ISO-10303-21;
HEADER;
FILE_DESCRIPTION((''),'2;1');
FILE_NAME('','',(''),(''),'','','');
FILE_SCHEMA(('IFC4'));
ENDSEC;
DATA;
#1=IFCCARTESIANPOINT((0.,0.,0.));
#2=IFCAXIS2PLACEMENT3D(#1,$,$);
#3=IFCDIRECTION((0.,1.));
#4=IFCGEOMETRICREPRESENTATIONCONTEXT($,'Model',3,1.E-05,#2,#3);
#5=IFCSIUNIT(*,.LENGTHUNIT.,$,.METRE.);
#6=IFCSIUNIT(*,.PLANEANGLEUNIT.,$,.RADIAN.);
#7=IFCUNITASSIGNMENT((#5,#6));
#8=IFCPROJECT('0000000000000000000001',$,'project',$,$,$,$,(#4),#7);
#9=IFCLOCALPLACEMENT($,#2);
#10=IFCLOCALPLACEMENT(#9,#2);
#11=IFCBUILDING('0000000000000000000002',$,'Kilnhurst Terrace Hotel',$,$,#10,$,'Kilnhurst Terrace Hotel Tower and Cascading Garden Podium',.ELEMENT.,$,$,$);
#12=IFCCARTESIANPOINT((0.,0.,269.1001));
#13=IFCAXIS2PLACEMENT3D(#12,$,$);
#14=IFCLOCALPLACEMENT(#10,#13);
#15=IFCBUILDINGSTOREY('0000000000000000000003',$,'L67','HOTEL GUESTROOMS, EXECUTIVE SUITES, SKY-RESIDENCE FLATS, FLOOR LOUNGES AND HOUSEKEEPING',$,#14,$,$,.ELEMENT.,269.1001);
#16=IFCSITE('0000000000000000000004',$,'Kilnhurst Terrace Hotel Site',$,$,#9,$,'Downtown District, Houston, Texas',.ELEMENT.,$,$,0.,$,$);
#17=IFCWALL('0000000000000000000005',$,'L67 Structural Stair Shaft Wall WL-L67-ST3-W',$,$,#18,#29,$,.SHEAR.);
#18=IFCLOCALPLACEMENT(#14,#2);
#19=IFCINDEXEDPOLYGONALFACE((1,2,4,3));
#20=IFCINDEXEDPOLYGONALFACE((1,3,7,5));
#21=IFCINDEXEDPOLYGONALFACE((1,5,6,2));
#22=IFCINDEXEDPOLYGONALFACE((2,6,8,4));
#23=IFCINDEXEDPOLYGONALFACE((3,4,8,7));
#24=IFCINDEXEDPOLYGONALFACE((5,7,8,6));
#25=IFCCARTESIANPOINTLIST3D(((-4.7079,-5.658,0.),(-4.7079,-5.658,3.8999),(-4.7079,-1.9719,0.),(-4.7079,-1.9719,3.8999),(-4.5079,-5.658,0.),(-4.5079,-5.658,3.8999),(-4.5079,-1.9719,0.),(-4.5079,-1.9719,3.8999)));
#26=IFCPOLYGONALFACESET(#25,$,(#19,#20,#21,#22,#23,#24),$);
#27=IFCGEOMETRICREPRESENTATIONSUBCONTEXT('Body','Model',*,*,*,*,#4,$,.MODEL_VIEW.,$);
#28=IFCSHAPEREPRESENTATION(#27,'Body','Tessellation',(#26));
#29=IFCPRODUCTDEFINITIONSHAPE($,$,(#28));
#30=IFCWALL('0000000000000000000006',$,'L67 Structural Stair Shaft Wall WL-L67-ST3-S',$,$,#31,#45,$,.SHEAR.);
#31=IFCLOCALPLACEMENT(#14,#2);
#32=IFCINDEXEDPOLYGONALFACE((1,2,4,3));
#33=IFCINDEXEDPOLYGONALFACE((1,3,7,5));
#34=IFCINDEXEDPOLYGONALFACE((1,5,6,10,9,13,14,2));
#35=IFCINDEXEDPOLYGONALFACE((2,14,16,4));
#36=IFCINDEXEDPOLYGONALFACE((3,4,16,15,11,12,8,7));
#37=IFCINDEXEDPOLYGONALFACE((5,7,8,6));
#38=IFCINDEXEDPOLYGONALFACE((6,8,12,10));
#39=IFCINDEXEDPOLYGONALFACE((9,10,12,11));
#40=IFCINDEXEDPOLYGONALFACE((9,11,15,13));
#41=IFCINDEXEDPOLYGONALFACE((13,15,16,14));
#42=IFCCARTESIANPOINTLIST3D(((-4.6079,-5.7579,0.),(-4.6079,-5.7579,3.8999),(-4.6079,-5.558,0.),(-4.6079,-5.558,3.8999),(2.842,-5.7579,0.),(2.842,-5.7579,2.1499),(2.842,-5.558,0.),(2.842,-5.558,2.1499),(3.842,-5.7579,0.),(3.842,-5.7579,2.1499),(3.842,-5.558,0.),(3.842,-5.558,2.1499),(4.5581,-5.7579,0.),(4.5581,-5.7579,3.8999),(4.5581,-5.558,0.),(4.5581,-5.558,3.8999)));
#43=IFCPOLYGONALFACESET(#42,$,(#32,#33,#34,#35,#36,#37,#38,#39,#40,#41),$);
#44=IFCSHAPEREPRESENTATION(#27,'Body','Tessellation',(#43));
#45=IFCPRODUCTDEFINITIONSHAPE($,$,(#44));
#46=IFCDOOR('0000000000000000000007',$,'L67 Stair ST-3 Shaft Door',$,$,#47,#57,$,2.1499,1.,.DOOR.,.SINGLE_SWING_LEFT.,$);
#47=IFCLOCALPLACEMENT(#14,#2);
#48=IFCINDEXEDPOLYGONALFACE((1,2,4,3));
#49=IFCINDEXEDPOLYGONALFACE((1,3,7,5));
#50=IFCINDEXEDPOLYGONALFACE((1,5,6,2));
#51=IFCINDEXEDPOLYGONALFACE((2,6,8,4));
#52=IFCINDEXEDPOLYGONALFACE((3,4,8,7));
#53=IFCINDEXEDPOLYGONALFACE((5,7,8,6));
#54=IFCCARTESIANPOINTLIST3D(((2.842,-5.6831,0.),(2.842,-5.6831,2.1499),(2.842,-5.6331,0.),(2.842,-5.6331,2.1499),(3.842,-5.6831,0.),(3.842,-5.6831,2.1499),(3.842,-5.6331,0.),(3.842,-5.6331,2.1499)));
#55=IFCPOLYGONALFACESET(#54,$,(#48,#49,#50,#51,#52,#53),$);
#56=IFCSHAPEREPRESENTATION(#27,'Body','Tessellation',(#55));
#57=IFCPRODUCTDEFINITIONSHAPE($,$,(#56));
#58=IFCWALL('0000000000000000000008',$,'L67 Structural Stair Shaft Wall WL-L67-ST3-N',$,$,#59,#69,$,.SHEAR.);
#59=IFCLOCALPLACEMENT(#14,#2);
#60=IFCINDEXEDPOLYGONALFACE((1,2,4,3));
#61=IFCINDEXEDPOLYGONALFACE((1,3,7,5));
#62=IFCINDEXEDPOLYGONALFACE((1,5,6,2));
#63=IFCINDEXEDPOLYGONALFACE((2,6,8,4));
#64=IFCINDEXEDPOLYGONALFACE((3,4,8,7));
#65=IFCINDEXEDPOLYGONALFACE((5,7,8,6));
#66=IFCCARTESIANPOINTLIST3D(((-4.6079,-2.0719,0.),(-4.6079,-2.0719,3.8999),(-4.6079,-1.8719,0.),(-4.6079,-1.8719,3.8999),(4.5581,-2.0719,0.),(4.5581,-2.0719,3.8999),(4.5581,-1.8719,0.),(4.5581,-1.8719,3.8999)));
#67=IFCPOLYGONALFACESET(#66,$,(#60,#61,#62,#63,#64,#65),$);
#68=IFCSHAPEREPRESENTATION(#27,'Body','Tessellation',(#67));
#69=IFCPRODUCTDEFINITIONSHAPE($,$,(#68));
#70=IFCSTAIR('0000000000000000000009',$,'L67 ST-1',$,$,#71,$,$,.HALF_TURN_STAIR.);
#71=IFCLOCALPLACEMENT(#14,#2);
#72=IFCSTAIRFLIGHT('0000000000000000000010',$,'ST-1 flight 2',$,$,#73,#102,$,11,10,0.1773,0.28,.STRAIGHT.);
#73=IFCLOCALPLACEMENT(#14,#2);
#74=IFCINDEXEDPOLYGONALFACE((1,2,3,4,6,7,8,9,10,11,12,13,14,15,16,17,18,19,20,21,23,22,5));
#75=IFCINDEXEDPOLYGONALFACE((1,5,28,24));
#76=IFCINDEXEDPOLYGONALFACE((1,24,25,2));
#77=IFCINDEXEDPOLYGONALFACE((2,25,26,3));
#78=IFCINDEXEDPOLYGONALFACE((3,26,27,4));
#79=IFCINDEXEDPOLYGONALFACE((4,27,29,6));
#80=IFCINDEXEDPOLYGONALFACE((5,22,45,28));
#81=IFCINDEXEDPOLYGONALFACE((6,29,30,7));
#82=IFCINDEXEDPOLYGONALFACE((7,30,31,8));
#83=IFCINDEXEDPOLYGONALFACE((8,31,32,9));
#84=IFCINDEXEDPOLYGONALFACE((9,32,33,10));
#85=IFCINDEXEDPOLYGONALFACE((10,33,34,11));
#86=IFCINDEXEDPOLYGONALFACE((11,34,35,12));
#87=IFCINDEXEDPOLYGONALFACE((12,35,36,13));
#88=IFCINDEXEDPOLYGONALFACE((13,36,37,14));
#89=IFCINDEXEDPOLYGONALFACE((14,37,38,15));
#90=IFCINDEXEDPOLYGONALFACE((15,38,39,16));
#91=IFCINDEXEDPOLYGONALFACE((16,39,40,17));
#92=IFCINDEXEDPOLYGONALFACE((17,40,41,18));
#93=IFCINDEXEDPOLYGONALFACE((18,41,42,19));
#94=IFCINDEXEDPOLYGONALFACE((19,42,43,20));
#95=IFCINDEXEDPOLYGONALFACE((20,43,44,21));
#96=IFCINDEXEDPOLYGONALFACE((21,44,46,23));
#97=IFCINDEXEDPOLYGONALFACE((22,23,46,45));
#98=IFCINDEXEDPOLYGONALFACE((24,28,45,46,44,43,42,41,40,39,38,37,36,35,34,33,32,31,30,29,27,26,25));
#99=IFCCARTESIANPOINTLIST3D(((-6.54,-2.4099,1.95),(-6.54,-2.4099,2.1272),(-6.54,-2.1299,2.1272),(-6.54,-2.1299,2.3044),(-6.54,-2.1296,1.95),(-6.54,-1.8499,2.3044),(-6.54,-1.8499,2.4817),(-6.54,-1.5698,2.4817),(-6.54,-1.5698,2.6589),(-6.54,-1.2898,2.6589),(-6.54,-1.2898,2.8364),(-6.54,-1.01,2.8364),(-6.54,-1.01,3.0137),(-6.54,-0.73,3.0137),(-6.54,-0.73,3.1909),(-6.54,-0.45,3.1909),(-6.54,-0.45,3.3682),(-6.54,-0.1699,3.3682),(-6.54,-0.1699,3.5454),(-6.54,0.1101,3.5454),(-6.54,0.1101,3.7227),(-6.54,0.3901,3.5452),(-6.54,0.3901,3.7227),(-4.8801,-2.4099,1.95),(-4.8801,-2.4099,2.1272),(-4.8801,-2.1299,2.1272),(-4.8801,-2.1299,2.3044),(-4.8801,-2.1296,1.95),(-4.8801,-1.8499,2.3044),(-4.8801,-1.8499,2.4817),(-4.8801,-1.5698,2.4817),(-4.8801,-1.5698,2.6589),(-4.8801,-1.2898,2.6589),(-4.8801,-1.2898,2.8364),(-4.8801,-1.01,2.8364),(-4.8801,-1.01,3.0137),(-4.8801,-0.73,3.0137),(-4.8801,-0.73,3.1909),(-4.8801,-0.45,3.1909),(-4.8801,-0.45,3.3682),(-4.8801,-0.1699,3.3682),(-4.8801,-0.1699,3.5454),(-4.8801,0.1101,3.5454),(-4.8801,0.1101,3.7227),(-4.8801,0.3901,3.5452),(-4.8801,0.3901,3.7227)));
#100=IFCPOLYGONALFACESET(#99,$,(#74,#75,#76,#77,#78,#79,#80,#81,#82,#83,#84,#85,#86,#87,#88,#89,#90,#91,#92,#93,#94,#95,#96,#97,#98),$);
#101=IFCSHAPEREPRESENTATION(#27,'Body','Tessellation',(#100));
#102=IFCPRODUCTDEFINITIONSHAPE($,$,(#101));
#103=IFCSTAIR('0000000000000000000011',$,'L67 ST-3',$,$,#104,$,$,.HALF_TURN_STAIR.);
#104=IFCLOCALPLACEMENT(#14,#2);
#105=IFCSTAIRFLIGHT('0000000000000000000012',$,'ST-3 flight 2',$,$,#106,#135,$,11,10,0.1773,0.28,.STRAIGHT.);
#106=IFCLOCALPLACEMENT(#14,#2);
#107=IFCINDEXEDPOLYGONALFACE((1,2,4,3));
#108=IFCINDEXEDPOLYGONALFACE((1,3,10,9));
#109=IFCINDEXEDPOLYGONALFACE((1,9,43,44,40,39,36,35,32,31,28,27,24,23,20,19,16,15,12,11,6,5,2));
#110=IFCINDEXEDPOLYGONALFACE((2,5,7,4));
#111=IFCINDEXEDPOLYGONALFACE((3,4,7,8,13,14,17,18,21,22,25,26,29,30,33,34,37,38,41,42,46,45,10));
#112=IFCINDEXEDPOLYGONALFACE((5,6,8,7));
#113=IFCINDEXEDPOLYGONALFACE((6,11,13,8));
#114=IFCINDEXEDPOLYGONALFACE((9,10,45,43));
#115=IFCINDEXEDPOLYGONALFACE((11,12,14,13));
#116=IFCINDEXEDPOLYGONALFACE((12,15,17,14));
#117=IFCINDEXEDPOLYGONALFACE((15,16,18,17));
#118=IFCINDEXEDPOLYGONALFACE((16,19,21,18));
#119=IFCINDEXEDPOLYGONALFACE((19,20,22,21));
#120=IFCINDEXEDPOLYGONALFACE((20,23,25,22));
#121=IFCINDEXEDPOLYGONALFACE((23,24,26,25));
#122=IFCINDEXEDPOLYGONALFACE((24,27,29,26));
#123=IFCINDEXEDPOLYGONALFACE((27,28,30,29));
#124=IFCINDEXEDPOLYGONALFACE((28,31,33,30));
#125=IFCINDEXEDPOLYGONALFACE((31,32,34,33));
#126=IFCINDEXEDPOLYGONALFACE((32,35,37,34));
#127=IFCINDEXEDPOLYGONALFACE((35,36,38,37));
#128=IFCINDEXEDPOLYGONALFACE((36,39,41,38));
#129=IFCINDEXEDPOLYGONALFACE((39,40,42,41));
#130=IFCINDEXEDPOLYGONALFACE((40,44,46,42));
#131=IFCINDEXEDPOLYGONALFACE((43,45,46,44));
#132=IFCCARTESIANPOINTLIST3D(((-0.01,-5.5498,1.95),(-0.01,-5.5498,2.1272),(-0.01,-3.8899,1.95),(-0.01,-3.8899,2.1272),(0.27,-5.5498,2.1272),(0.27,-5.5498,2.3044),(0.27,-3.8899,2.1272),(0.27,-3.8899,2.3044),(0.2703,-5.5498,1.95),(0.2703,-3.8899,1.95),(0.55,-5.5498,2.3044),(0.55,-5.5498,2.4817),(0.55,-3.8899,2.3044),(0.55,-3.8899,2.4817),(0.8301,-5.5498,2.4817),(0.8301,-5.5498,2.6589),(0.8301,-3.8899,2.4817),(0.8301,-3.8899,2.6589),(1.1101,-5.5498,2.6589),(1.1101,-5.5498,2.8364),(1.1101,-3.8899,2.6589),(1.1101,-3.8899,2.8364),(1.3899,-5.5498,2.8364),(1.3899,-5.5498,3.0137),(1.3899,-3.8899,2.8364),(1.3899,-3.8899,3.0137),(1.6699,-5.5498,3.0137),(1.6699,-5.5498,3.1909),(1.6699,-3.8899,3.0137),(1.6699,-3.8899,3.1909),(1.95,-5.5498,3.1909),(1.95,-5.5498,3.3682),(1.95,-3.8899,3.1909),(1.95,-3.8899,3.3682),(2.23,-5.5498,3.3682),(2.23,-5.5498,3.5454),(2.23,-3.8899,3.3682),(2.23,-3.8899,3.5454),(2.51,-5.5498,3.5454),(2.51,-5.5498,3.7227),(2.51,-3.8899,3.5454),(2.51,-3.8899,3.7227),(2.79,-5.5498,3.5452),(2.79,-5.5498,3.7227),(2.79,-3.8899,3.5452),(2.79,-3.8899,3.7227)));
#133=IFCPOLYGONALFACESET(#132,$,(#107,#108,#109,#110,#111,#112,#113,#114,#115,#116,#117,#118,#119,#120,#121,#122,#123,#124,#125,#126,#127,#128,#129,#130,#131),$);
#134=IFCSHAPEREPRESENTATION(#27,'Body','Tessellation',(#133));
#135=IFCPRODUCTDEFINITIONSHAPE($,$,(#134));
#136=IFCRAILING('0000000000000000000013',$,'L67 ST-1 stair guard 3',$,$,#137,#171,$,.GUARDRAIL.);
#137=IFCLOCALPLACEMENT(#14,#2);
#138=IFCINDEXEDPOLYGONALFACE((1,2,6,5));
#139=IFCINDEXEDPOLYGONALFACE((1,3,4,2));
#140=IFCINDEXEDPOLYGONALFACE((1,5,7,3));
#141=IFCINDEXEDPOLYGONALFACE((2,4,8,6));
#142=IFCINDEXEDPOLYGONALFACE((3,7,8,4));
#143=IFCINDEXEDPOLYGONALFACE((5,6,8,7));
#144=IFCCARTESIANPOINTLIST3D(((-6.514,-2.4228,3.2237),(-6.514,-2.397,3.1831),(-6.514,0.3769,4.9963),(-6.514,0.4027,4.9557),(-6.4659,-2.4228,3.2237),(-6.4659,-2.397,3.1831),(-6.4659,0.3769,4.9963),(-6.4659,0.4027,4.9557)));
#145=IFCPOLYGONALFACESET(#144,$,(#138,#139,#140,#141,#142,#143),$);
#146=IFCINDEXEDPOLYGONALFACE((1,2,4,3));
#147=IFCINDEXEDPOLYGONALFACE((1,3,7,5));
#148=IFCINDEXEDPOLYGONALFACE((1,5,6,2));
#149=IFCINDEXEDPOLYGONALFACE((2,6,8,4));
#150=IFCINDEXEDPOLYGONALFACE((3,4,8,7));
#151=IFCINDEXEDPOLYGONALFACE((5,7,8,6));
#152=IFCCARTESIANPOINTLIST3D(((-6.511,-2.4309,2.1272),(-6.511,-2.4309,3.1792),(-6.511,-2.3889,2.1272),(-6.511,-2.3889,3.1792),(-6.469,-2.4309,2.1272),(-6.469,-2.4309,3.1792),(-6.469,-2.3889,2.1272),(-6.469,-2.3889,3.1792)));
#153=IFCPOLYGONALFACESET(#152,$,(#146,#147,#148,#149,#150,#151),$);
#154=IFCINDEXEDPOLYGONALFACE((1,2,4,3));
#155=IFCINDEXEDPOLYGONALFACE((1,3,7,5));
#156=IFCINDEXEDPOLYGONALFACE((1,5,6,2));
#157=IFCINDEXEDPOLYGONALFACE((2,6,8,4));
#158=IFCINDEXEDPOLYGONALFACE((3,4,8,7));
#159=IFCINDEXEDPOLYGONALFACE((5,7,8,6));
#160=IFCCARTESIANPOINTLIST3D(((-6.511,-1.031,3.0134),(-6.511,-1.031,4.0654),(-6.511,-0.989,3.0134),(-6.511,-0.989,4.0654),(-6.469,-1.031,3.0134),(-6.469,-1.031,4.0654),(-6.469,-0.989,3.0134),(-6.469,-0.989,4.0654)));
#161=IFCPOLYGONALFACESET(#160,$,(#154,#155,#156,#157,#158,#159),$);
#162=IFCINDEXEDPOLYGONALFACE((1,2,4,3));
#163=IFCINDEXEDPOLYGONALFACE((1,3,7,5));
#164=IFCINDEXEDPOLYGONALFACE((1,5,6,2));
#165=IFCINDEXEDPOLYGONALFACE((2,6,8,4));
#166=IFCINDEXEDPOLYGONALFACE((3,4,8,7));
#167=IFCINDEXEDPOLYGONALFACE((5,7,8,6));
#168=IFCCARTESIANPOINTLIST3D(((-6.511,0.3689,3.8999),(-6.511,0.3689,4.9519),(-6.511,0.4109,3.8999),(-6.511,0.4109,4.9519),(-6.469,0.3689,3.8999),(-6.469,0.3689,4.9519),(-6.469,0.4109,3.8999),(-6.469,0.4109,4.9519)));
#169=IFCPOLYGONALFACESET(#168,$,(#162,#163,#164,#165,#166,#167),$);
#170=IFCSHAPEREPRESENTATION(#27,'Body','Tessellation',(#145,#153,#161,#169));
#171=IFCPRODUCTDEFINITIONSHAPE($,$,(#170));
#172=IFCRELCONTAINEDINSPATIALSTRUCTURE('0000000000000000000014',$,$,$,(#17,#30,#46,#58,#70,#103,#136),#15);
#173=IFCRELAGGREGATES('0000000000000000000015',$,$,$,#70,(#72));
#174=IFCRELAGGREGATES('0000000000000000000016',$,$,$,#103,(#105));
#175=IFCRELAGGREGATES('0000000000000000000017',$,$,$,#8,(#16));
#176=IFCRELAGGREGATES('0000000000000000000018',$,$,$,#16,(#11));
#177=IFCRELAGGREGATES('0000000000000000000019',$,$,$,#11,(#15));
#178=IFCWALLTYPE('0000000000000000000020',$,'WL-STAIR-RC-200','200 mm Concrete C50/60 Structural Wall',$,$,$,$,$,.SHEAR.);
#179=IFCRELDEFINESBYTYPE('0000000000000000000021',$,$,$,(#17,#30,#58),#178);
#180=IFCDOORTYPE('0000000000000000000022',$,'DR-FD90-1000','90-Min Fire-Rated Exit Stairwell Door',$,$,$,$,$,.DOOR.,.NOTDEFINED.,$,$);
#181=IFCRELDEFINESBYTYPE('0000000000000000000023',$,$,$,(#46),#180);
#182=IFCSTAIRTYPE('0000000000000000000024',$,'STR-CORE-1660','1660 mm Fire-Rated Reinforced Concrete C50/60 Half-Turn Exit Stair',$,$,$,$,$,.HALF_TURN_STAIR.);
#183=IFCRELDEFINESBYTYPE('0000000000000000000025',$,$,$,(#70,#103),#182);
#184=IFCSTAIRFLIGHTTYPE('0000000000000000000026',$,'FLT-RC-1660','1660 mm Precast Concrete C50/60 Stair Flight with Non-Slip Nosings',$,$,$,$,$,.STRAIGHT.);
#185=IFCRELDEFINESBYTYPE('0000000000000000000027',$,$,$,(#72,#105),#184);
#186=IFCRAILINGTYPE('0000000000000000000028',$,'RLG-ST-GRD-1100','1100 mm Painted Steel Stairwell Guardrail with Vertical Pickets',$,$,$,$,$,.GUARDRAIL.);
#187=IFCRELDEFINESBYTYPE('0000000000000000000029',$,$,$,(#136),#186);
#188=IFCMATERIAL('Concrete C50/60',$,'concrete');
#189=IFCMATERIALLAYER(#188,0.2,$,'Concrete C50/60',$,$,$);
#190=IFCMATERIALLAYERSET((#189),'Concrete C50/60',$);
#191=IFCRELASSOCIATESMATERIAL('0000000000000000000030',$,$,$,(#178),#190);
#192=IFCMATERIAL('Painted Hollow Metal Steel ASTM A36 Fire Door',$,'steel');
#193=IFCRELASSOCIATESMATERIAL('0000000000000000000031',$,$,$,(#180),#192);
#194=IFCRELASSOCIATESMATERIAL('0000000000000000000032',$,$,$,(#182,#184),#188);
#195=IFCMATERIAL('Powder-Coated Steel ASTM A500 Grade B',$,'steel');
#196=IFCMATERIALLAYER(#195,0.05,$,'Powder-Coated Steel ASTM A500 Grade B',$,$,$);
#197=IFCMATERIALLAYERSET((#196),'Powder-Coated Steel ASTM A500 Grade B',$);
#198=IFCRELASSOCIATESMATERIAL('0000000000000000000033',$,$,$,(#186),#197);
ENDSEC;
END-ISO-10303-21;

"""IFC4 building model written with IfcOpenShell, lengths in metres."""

from ifc_helpers import new_model, si_unit, direction, frame, frame_2d, origin, origin_2d, place, context, subcontext, project, spatial, polyline, rectangle, outline, extrude, material, layer, layer_set, type_object, element, fill, aggregate, save


model = new_model("IFC4")

# Units and contexts
model_context = context("Model", 3, precision=1e-05, world=origin(), true_north=direction((0.0, 1.0)))
body_context = subcontext(model_context, "Body", "Model", "MODEL_VIEW")
ifc_project = project(units=[si_unit("LENGTHUNIT", "METRE"), si_unit("PLANEANGLEUNIT", "RADIAN")], contexts=[model_context])

# Site, building, storey
site_placement = place(None, origin())
site = spatial("IfcSite", under=ifc_project, at=site_placement, Name="Kilnhurst Terrace Hotel Site", LongName="Downtown District, Houston, Texas", CompositionType="ELEMENT", RefElevation=0.0)
building_placement = place(site_placement, origin())
building = spatial("IfcBuilding", under=site, at=building_placement, Name="Kilnhurst Terrace Hotel", LongName="Kilnhurst Terrace Hotel Tower and Cascading Garden Podium", CompositionType="ELEMENT")
storey_placement = place(building_placement, frame((0.0, 0.0, 269.1001)))
storey = spatial("IfcBuildingStorey", under=building, at=storey_placement, Name="L67", Description="HOTEL GUESTROOMS, EXECUTIVE SUITES, SKY-RESIDENCE FLATS, FLOOR LOUNGES AND HOUSEKEEPING", CompositionType="ELEMENT", Elevation=269.1001)

# Wall
ifc_material_1 = material(Name="Concrete C50/60", Category="concrete")
ifc_layer_1 = layer(ifc_material_1, 0.2, Name="Concrete C50/60")
ifc_layer_set_1 = layer_set([ifc_layer_1], Name="Concrete C50/60")
wall_type_1 = type_object("IfcWallType", Name="WL-STAIR-RC-200", Description="200 mm Concrete C50/60 Structural Wall", PredefinedType="SHEAR", material=ifc_layer_set_1)
wall_1_placement = place(storey_placement, frame((-4.6079, -5.658, 0.0), z_axis=(0.0, 0.0, 1.0), x_axis=(0.0, 1.0, 0.0)))
element("IfcWall", 1, at=wall_1_placement, inside=storey, type_object=wall_type_1, Name="L67 Structural Stair Shaft Wall WL-L67-ST3-W", PredefinedType="SHEAR", context=body_context, shape_type="SweptSolid", body=[
    extrude(rectangle(XDim=3.686, YDim=0.2, at=frame_2d((1.843, 0.0))), origin(), (0.0, 0.0, 1.0), 3.8999),
])

# Wall, opening, door
wall_2_placement = place(storey_placement, frame((-4.6079, -5.658, 0.0), z_axis=(0.0, 0.0, 1.0), x_axis=(1.0, 0.0, 0.0)))
wall_2 = element("IfcWall", 2, at=wall_2_placement, inside=storey, type_object=wall_type_1, Name="L67 Structural Stair Shaft Wall WL-L67-ST3-S", PredefinedType="SHEAR", context=body_context, shape_type="SweptSolid", body=[
    extrude(rectangle(XDim=9.166, YDim=0.2, at=frame_2d((4.583, 0.0))), origin(), (0.0, 0.0, 1.0), 3.8999),
])
opening_1_placement = place(wall_2_placement, frame((7.45, 0.0, 0.0)))
opening_1 = element("IfcOpeningElement", 3, at=opening_1_placement, cuts=wall_2, PredefinedType="OPENING", context=body_context, shape_type="SweptSolid", body=[
    extrude(rectangle(XDim=1.0, YDim=2.1499, at=frame_2d((0.5, 1.075))), frame((0.0, 0.1099, 0.0), z_axis=(0.0, -1.0, 0.0), x_axis=(1.0, 0.0, 0.0)), (0.0, 0.0, 1.0), 0.22),
])
ifc_material_2 = material(Name="Painted Hollow Metal Steel ASTM A36 Fire Door", Category="steel")
door_type_1 = type_object("IfcDoorType", Name="DR-FD90-1000", Description="90-Min Fire-Rated Exit Stairwell Door", OperationType="NOTDEFINED", PredefinedType="DOOR", material=ifc_material_2)
door_1_placement = place(opening_1_placement, origin())
door_1 = element("IfcDoor", 4, at=door_1_placement, inside=storey, type_object=door_type_1, Name="L67 Stair ST-3 Shaft Door", OperationType="SINGLE_SWING_LEFT", OverallHeight=2.1499, OverallWidth=1.0, PredefinedType="DOOR", context=body_context, shape_type="SweptSolid", body=[
    extrude(rectangle(XDim=1.0, YDim=2.1499, at=frame_2d((0.5, 1.075))), frame((0.0, 0.0249, 0.0), z_axis=(0.0, -1.0, 0.0), x_axis=(1.0, 0.0, 0.0)), (0.0, 0.0, 1.0), 0.05),
])
fill(opening_1, door_1)

# Wall
wall_3_placement = place(storey_placement, frame((-4.6079, -1.9719, 0.0), z_axis=(0.0, 0.0, 1.0), x_axis=(1.0, 0.0, 0.0)))
element("IfcWall", 5, at=wall_3_placement, inside=storey, type_object=wall_type_1, Name="L67 Structural Stair Shaft Wall WL-L67-ST3-N", PredefinedType="SHEAR", context=body_context, shape_type="SweptSolid", body=[
    extrude(rectangle(XDim=9.166, YDim=0.2, at=frame_2d((4.583, 0.0))), origin(), (0.0, 0.0, 1.0), 3.8999),
])

# Stairs, stair flights
stair_type = type_object("IfcStairType", Name="STR-CORE-1660", Description="1660 mm Fire-Rated Reinforced Concrete C50/60 Half-Turn Exit Stair", PredefinedType="HALF_TURN_STAIR", material=ifc_material_1)
stair_1_placement = place(storey_placement, origin())
stair_1 = element("IfcStair", 6, at=stair_1_placement, inside=storey, type_object=stair_type, Name="L67 ST-1", PredefinedType="HALF_TURN_STAIR")
stair_flight_type = type_object("IfcStairFlightType", Name="FLT-RC-1660", Description="1660 mm Precast Concrete C50/60 Stair Flight with Non-Slip Nosings", PredefinedType="STRAIGHT", material=ifc_material_1)
stair_flight_1_placement = place(storey_placement, frame((-5.71, -2.4099, 1.95), z_axis=(0.0, 0.0, 1.0), x_axis=(0.0, 1.0, 0.0)))
stair_flight_1 = element("IfcStairFlight", 7, at=stair_flight_1_placement, type_object=stair_flight_type, Name="ST-1 flight 2", NumberOfRisers=11, NumberOfTreads=10, PredefinedType="STRAIGHT", RiserHeight=0.1773, TreadLength=0.28, context=body_context, shape_type="SweptSolid", body=[
    extrude(outline(polyline([(0.0, 0.0), (0.0, 0.1772), (0.28, 0.1772), (0.28, 0.3545), (0.5601, 0.3545), (0.5601, 0.5317), (0.8401, 0.5317), (0.8401, 0.709), (1.1201, 0.709), (1.1201, 0.8865), (1.3999, 0.8865), (1.3999, 1.0637), (1.6799, 1.0637), (1.6799, 1.241), (1.96, 1.241), (1.96, 1.4182), (2.24, 1.4182), (2.24, 1.5955), (2.52, 1.5955), (2.52, 1.7727), (2.8, 1.7727), (2.8, 1.95), (2.8, 1.5952), (0.2803, 0.0), (0.0, 0.0)])), frame((0.0, 0.8301, 0.0), z_axis=(0.0, -1.0, 0.0), x_axis=(1.0, 0.0, 0.0)), (0.0, 0.0, 1.0), 1.6599),
])
aggregate(stair_1, [stair_flight_1])
stair_2_placement = place(storey_placement, origin())
stair_2 = element("IfcStair", 8, at=stair_2_placement, inside=storey, type_object=stair_type, Name="L67 ST-3", PredefinedType="HALF_TURN_STAIR")
stair_flight_2_placement = place(storey_placement, frame((-0.01, -4.72, 1.95), z_axis=(0.0, 0.0, 1.0), x_axis=(1.0, 0.0, 0.0)))
stair_flight_2 = element("IfcStairFlight", 9, at=stair_flight_2_placement, type_object=stair_flight_type, Name="ST-3 flight 2", NumberOfRisers=11, NumberOfTreads=10, PredefinedType="STRAIGHT", RiserHeight=0.1773, TreadLength=0.28, context=body_context, shape_type="SweptSolid", body=[
    extrude(outline(polyline([(0.0, 0.0), (0.0, 0.1772), (0.28, 0.1772), (0.28, 0.3545), (0.5601, 0.3545), (0.5601, 0.5317), (0.8401, 0.5317), (0.8401, 0.709), (1.1201, 0.709), (1.1201, 0.8865), (1.3999, 0.8865), (1.3999, 1.0637), (1.6799, 1.0637), (1.6799, 1.241), (1.96, 1.241), (1.96, 1.4182), (2.24, 1.4182), (2.24, 1.5955), (2.52, 1.5955), (2.52, 1.7727), (2.8, 1.7727), (2.8, 1.95), (2.8, 1.5952), (0.2803, 0.0), (0.0, 0.0)])), frame((0.0, 0.8301, 0.0), z_axis=(0.0, -1.0, 0.0), x_axis=(1.0, 0.0, 0.0)), (0.0, 0.0, 1.0), 1.6599),
])
aggregate(stair_2, [stair_flight_2])

# Railing
ifc_material_3 = material(Name="Powder-Coated Steel ASTM A500 Grade B", Category="steel")
ifc_layer_2 = layer(ifc_material_3, 0.05, Name="Powder-Coated Steel ASTM A500 Grade B")
ifc_layer_set_2 = layer_set([ifc_layer_2], Name="Powder-Coated Steel ASTM A500 Grade B")
railing_type_1 = type_object("IfcRailingType", Name="RLG-ST-GRD-1100", Description="1100 mm Painted Steel Stairwell Guardrail with Vertical Pickets", PredefinedType="GUARDRAIL", material=ifc_layer_set_2)
railing_1_placement = place(storey_placement, frame((-6.49, -2.4099, 2.1272)))
element("IfcRailing", 10, at=railing_1_placement, inside=storey, type_object=railing_type_1, Name="L67 ST-1 stair guard 3", PredefinedType="GUARDRAIL", context=body_context, shape_type="SweptSolid", body=[
    extrude(rectangle(XDim=0.0481, YDim=0.0481, at=origin_2d()), frame((0.0, 0.0, 1.0762), z_axis=(0.0, 0.844888, 0.534943), x_axis=(-1.0, 0.0, 0.0)), (0.0, 0.0, 1.0), 3.3137),
    extrude(rectangle(XDim=0.042, YDim=0.042, at=origin_2d()), origin(), (0.0, 0.0, 1.0), 1.052),
    extrude(rectangle(XDim=0.042, YDim=0.042, at=origin_2d()), frame((0.0, 1.3999, 0.8862)), (0.0, 0.0, 1.0), 1.052),
    extrude(rectangle(XDim=0.042, YDim=0.042, at=origin_2d()), frame((0.0, 2.7998, 1.7727)), (0.0, 0.0, 1.0), 1.052),
])

save(model, "model.ifc")
